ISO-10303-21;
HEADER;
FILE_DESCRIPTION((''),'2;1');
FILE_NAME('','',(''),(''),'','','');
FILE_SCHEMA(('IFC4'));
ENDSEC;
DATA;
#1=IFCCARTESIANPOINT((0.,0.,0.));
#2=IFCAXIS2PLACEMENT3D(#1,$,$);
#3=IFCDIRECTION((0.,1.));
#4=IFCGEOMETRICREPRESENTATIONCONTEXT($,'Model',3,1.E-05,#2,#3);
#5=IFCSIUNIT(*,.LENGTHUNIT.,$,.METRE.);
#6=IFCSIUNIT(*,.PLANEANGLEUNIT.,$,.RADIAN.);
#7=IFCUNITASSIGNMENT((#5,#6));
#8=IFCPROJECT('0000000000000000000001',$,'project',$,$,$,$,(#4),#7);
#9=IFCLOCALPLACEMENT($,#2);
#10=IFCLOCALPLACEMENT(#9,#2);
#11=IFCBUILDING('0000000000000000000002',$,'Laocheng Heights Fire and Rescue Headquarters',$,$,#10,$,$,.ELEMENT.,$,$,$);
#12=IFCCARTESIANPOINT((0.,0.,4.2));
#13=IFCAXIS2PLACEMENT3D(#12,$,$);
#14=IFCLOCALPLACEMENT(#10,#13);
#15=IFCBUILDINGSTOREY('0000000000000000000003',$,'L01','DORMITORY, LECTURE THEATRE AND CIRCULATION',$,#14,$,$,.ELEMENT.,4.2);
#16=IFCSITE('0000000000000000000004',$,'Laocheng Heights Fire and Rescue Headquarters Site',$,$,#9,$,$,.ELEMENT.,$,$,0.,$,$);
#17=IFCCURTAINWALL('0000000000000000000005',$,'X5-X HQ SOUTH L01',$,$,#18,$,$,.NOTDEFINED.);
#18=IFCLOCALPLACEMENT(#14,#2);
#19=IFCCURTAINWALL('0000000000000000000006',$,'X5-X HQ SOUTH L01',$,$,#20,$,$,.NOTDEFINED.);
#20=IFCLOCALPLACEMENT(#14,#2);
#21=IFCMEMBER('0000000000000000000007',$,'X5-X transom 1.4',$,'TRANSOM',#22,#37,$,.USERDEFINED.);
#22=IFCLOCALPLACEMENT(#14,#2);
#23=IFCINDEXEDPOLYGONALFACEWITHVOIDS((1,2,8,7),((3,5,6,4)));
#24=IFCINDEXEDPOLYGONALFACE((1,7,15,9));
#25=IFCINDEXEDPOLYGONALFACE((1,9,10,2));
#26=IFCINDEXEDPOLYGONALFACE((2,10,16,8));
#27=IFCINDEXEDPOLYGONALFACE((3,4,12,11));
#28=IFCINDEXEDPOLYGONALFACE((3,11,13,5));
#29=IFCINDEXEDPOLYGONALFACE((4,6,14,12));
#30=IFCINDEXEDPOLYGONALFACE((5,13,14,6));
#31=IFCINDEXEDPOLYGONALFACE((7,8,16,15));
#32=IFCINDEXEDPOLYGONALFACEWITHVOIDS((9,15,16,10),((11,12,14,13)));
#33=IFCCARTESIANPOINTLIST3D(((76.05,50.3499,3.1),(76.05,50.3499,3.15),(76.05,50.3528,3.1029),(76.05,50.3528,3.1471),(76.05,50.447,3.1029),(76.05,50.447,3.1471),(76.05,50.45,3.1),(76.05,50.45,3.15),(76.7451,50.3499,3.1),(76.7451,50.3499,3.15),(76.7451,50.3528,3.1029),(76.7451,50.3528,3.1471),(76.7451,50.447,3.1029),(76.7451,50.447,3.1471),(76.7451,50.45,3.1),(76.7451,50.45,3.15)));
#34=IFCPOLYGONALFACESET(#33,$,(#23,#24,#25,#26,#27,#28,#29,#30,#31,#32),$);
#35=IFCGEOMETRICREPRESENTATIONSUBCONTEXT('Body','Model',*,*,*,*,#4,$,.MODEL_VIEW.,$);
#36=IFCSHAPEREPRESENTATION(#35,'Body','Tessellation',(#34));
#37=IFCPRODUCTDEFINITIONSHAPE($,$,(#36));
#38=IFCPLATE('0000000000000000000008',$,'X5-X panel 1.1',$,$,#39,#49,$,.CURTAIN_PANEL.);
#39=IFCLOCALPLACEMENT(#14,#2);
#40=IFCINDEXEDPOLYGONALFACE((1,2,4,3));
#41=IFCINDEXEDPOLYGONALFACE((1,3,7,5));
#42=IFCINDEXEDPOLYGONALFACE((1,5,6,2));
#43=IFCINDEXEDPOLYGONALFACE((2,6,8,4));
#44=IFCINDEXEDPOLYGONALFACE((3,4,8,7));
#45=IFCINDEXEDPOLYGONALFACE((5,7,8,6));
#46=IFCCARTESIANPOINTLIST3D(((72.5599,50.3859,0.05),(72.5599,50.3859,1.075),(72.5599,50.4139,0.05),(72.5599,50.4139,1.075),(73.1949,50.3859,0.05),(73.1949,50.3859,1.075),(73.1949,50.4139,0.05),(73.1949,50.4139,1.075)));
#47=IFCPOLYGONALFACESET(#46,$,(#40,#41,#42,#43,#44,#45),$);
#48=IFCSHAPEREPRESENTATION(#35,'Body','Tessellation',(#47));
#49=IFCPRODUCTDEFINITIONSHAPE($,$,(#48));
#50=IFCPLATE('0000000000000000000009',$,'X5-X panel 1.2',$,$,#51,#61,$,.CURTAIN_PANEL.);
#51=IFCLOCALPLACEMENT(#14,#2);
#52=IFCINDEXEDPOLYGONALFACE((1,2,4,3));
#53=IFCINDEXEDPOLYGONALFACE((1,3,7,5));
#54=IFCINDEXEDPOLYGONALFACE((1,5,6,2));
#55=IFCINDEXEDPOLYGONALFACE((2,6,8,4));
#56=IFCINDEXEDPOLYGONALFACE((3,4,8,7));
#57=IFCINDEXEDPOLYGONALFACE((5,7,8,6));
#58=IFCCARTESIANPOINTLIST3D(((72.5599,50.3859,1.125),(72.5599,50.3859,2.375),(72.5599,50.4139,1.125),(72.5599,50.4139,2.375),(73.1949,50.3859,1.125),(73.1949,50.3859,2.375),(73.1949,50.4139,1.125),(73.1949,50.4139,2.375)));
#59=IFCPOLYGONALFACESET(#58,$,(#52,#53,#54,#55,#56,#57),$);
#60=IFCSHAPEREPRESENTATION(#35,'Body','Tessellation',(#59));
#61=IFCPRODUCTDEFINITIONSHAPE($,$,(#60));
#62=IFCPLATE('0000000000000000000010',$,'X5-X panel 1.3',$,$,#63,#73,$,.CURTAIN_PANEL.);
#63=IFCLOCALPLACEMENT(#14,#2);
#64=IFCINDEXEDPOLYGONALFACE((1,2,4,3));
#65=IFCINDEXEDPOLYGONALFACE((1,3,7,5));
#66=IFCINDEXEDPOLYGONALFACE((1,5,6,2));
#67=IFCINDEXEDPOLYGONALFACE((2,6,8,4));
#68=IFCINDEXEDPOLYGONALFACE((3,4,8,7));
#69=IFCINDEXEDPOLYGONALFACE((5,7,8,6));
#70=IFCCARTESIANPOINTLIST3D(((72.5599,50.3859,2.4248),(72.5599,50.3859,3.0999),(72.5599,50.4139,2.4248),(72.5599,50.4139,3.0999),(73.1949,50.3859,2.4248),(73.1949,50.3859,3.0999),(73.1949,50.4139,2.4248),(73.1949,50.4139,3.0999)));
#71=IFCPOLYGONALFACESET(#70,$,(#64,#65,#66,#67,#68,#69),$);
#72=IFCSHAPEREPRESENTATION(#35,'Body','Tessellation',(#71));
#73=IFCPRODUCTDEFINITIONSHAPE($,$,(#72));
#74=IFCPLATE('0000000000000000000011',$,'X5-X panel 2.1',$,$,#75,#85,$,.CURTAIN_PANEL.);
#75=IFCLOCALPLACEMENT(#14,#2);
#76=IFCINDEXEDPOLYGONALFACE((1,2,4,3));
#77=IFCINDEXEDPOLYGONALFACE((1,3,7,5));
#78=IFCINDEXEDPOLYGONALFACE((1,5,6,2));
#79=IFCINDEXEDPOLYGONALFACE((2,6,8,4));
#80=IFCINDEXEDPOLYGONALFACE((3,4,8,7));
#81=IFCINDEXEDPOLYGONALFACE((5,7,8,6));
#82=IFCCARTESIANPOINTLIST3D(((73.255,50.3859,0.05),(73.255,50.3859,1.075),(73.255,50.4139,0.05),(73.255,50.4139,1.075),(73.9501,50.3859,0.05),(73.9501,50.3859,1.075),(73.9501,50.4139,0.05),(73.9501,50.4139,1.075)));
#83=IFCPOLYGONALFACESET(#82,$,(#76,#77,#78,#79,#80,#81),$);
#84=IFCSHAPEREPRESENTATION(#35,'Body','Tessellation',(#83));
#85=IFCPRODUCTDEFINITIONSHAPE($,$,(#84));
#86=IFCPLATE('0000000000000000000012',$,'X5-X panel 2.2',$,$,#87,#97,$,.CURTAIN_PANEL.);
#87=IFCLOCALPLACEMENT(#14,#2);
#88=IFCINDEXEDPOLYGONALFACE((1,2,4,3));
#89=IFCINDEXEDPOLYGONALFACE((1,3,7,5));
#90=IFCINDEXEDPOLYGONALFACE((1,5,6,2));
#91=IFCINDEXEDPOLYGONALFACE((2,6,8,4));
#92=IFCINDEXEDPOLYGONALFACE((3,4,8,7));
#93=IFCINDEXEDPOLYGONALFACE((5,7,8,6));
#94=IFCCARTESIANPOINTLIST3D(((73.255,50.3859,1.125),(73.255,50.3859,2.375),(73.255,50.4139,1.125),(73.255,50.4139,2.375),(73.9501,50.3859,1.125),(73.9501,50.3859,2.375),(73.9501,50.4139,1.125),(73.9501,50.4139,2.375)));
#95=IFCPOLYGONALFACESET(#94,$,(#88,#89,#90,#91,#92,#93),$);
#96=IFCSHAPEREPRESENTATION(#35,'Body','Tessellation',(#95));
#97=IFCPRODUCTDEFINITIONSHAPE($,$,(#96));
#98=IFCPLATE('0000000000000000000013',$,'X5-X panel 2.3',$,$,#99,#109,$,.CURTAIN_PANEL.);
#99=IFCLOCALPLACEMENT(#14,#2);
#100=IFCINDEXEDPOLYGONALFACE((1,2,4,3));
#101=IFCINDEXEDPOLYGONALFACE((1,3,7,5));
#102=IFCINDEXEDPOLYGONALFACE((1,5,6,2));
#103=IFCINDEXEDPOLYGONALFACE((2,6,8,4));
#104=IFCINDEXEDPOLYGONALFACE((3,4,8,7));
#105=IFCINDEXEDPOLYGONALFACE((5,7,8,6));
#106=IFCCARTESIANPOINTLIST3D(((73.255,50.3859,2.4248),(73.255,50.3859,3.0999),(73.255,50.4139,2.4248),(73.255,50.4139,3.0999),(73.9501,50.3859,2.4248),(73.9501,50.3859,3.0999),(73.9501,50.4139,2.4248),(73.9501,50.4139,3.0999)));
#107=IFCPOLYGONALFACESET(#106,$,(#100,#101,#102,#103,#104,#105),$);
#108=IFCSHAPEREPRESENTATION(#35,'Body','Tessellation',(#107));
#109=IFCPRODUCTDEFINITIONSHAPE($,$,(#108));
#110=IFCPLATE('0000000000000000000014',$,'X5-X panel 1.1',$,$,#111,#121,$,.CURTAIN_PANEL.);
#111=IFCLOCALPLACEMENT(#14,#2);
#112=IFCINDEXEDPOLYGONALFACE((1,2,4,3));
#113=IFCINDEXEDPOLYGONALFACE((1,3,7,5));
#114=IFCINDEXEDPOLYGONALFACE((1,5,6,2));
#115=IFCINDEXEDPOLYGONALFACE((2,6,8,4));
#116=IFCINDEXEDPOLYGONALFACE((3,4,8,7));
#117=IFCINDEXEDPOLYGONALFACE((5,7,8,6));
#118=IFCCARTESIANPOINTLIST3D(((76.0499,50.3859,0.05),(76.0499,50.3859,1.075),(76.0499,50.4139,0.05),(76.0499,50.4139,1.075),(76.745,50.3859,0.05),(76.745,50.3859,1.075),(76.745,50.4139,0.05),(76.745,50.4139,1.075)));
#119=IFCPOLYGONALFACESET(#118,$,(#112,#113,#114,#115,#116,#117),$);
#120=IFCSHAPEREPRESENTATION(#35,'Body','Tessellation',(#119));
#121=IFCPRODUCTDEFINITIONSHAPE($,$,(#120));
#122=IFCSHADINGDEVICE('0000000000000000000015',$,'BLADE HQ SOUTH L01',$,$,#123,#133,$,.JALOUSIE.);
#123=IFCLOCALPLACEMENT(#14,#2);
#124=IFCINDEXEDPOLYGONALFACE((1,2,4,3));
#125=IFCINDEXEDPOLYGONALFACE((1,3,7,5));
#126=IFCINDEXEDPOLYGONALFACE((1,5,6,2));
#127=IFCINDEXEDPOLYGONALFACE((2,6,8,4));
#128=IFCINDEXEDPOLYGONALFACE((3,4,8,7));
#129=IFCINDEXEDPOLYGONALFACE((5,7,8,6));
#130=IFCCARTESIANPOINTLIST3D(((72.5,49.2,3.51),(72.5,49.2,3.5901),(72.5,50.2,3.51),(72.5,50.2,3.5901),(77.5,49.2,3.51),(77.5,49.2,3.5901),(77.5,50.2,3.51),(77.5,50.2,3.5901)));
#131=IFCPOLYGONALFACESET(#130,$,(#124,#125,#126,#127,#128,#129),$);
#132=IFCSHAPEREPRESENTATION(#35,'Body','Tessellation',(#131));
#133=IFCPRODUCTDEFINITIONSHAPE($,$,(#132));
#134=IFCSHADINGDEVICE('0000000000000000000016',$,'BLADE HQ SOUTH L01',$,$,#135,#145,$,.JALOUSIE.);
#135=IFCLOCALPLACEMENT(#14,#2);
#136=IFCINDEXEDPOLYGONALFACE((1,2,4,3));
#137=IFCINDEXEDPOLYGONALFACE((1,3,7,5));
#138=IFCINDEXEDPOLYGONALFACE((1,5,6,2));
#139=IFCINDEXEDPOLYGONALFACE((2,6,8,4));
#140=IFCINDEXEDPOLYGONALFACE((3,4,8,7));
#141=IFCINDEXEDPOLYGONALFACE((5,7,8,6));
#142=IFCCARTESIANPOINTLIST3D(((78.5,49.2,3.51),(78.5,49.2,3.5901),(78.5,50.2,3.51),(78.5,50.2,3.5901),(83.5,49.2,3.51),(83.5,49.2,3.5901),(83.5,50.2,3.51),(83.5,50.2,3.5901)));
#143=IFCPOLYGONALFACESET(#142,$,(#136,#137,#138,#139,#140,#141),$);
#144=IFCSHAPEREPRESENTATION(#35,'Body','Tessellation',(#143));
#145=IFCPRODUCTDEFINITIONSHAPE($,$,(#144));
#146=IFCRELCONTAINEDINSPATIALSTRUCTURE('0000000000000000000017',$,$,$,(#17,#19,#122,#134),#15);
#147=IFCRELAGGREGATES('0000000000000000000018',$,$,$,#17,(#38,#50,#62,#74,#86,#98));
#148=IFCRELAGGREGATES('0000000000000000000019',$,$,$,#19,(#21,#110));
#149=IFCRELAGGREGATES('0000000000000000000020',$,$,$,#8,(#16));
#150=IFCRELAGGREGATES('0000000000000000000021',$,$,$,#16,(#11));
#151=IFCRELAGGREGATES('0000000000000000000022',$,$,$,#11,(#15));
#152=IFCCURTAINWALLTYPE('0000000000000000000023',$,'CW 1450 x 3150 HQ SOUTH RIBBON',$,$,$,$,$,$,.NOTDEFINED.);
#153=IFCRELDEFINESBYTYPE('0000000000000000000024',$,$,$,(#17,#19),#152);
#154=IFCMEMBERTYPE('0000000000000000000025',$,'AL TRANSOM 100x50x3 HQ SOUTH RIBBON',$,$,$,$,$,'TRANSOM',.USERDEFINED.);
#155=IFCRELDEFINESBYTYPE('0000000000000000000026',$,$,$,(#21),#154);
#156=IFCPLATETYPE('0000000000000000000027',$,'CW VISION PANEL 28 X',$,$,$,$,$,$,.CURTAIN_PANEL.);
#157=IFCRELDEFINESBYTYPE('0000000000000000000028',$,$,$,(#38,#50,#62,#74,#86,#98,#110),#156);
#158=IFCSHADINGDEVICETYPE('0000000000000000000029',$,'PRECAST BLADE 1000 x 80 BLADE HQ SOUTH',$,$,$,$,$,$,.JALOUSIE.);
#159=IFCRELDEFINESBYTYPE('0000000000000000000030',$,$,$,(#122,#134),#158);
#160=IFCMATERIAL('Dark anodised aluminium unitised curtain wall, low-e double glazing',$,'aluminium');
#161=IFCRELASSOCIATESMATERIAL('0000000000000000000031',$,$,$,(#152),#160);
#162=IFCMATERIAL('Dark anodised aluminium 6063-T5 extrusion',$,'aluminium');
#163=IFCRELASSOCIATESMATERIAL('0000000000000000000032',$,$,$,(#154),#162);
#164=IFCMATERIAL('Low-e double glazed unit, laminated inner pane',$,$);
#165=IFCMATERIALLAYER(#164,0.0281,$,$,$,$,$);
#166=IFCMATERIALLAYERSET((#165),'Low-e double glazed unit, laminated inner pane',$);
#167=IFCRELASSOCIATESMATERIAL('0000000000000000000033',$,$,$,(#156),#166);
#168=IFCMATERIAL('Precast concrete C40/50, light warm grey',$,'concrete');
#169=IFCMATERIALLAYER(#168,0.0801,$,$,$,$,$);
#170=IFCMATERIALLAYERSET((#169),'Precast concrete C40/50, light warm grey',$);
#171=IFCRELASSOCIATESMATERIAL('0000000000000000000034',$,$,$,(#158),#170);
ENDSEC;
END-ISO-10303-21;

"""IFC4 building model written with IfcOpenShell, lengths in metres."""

from ifc_helpers import new_model, si_unit, direction, frame, origin, origin_2d, place, context, subcontext, project, spatial, rectangle, hollow_rectangle, extrude, material, layer, layer_set, material_profile, profile_set, type_object, element, aggregate, save


model = new_model("IFC4")

# Units and contexts
model_context = context("Model", 3, precision=1e-05, world=origin(), true_north=direction((0.0, 1.0)))
body_context = subcontext(model_context, "Body", "Model", "MODEL_VIEW")
ifc_project = project(units=[si_unit("LENGTHUNIT", "METRE"), si_unit("PLANEANGLEUNIT", "RADIAN")], contexts=[model_context])

# Site, building, storey
site_placement = place(None, origin())
site = spatial("IfcSite", under=ifc_project, at=site_placement, Name="Laocheng Heights Fire and Rescue Headquarters Site", CompositionType="ELEMENT", RefElevation=0.0)
building_placement = place(site_placement, origin())
building = spatial("IfcBuilding", under=site, at=building_placement, Name="Laocheng Heights Fire and Rescue Headquarters", CompositionType="ELEMENT")
storey_placement = place(building_placement, frame((0.0, 0.0, 4.2)))
storey = spatial("IfcBuildingStorey", under=building, at=storey_placement, Name="L01", Description="DORMITORY, LECTURE THEATRE AND CIRCULATION", CompositionType="ELEMENT", Elevation=4.2)

# Curtain walls, member
ifc_material_1 = material(Name="Dark anodised aluminium unitised curtain wall, low-e double glazing", Category="aluminium")
curtain_wall_type = type_object("IfcCurtainWallType", Name="CW 1450 x 3150 HQ SOUTH RIBBON", PredefinedType="NOTDEFINED", material=ifc_material_1)
curtain_wall_1_placement = place(storey_placement, origin())
curtain_wall_1 = element("IfcCurtainWall", 1, at=curtain_wall_1_placement, inside=storey, type_object=curtain_wall_type, Name="X5-X HQ SOUTH L01", PredefinedType="NOTDEFINED")
ifc_material_2 = material(Name="Dark anodised aluminium 6063-T5 extrusion", Category="aluminium")
ifc_material_profile_1 = material_profile(ifc_material_2, hollow_rectangle(XDim=0.1001, YDim=0.05, WallThickness=0.0029, at=origin_2d()), Name="AL TRANSOM 100x50x3 HQ SOUTH RIBBON")
ifc_profile_set_1 = profile_set([ifc_material_profile_1], Name="Dark anodised aluminium 6063-T5 extrusion")
member_type_1 = type_object("IfcMemberType", Name="AL TRANSOM 100x50x3 HQ SOUTH RIBBON", ElementType="TRANSOM", PredefinedType="USERDEFINED", material=ifc_profile_set_1)
curtain_wall_2_placement = place(storey_placement, origin())
curtain_wall_2 = element("IfcCurtainWall", 2, at=curtain_wall_2_placement, inside=storey, type_object=curtain_wall_type, Name="X5-X HQ SOUTH L01", PredefinedType="NOTDEFINED")
member_1_placement = place(storey_placement, frame((76.05, 50.3999, 3.125), z_axis=(1.0, 0.0, 0.0), x_axis=(0.0, 1.0, 0.0)))
member_1 = element("IfcMember", 3, at=member_1_placement, type_object=member_type_1, Name="X5-X transom 1.4", ObjectType="TRANSOM", PredefinedType="USERDEFINED", context=body_context, shape_type="SweptSolid", body=[
    extrude(hollow_rectangle(XDim=0.1001, YDim=0.05, WallThickness=0.0029, at=origin_2d()), origin(), (0.0, 0.0, 1.0), 0.6951),
])

# Plates
ifc_material_3 = material(Name="Low-e double glazed unit, laminated inner pane")
ifc_layer_1 = layer(ifc_material_3, 0.0281)
ifc_layer_set_1 = layer_set([ifc_layer_1], Name="Low-e double glazed unit, laminated inner pane")
plate_type = type_object("IfcPlateType", Name="CW VISION PANEL 28 X", PredefinedType="CURTAIN_PANEL", material=ifc_layer_set_1)
plate_1_placement = place(storey_placement, frame((72.8774, 50.3999, 0.05), z_axis=(0.0, 0.0, 1.0), x_axis=(1.0, 0.0, 0.0)))
plate_1 = element("IfcPlate", 4, at=plate_1_placement, type_object=plate_type, Name="X5-X panel 1.1", PredefinedType="CURTAIN_PANEL", context=body_context, shape_type="SweptSolid", body=[
    extrude(rectangle(XDim=0.635, YDim=0.0281, at=origin_2d()), origin(), (0.0, 0.0, 1.0), 1.0249),
])
plate_2_placement = place(storey_placement, frame((72.8774, 50.3999, 1.125), z_axis=(0.0, 0.0, 1.0), x_axis=(1.0, 0.0, 0.0)))
plate_2 = element("IfcPlate", 5, at=plate_2_placement, type_object=plate_type, Name="X5-X panel 1.2", PredefinedType="CURTAIN_PANEL", context=body_context, shape_type="SweptSolid", body=[
    extrude(rectangle(XDim=0.635, YDim=0.0281, at=origin_2d()), origin(), (0.0, 0.0, 1.0), 1.25),
])
plate_3_placement = place(storey_placement, frame((72.8774, 50.3999, 2.4248), z_axis=(0.0, 0.0, 1.0), x_axis=(1.0, 0.0, 0.0)))
plate_3 = element("IfcPlate", 6, at=plate_3_placement, type_object=plate_type, Name="X5-X panel 1.3", PredefinedType="CURTAIN_PANEL", context=body_context, shape_type="SweptSolid", body=[
    extrude(rectangle(XDim=0.635, YDim=0.0281, at=origin_2d()), origin(), (0.0, 0.0, 1.0), 0.675),
])
plate_4_placement = place(storey_placement, frame((73.6025, 50.3999, 0.05), z_axis=(0.0, 0.0, 1.0), x_axis=(1.0, 0.0, 0.0)))
plate_4 = element("IfcPlate", 7, at=plate_4_placement, type_object=plate_type, Name="X5-X panel 2.1", PredefinedType="CURTAIN_PANEL", context=body_context, shape_type="SweptSolid", body=[
    extrude(rectangle(XDim=0.6951, YDim=0.0281, at=origin_2d()), origin(), (0.0, 0.0, 1.0), 1.0249),
])
plate_5_placement = place(storey_placement, frame((73.6025, 50.3999, 1.125), z_axis=(0.0, 0.0, 1.0), x_axis=(1.0, 0.0, 0.0)))
plate_5 = element("IfcPlate", 8, at=plate_5_placement, type_object=plate_type, Name="X5-X panel 2.2", PredefinedType="CURTAIN_PANEL", context=body_context, shape_type="SweptSolid", body=[
    extrude(rectangle(XDim=0.6951, YDim=0.0281, at=origin_2d()), origin(), (0.0, 0.0, 1.0), 1.25),
])
plate_6_placement = place(storey_placement, frame((73.6025, 50.3999, 2.4248), z_axis=(0.0, 0.0, 1.0), x_axis=(1.0, 0.0, 0.0)))
plate_6 = element("IfcPlate", 9, at=plate_6_placement, type_object=plate_type, Name="X5-X panel 2.3", PredefinedType="CURTAIN_PANEL", context=body_context, shape_type="SweptSolid", body=[
    extrude(rectangle(XDim=0.6951, YDim=0.0281, at=origin_2d()), origin(), (0.0, 0.0, 1.0), 0.675),
])
aggregate(curtain_wall_1, [plate_1, plate_2, plate_3, plate_4, plate_5, plate_6])
plate_7_placement = place(storey_placement, frame((76.3975, 50.3999, 0.05), z_axis=(0.0, 0.0, 1.0), x_axis=(1.0, 0.0, 0.0)))
plate_7 = element("IfcPlate", 10, at=plate_7_placement, type_object=plate_type, Name="X5-X panel 1.1", PredefinedType="CURTAIN_PANEL", context=body_context, shape_type="SweptSolid", body=[
    extrude(rectangle(XDim=0.6951, YDim=0.0281, at=origin_2d()), origin(), (0.0, 0.0, 1.0), 1.0249),
])
aggregate(curtain_wall_2, [member_1, plate_7])

# Shading devices
ifc_material_4 = material(Name="Precast concrete C40/50, light warm grey", Category="concrete")
ifc_layer_2 = layer(ifc_material_4, 0.0801)
ifc_layer_set_2 = layer_set([ifc_layer_2], Name="Precast concrete C40/50, light warm grey")
shading_device_type = type_object("IfcShadingDeviceType", Name="PRECAST BLADE 1000 x 80 BLADE HQ SOUTH", PredefinedType="JALOUSIE", material=ifc_layer_set_2)
for number, where, z_axis, x_axis, name in (
    (11, (75.0, 49.7, 3.51), (0.0, 0.0, 1.0), (1.0, 0.0, 0.0), "BLADE HQ SOUTH L01"),
    (12, (81.0, 49.7, 3.51), (0.0, 0.0, 1.0), (1.0, 0.0, 0.0), "BLADE HQ SOUTH L01"),
):
    element("IfcShadingDevice", number, at=place(storey_placement, frame(where, z_axis=z_axis, x_axis=x_axis)), inside=storey, type_object=shading_device_type, Name=name, PredefinedType="JALOUSIE", context=body_context, shape_type="SweptSolid", body=[
        extrude(rectangle(XDim=5.0, YDim=1.0, at=origin_2d()), origin(), (0.0, 0.0, 1.0), 0.0801),
    ])

save(model, "model.ifc")
